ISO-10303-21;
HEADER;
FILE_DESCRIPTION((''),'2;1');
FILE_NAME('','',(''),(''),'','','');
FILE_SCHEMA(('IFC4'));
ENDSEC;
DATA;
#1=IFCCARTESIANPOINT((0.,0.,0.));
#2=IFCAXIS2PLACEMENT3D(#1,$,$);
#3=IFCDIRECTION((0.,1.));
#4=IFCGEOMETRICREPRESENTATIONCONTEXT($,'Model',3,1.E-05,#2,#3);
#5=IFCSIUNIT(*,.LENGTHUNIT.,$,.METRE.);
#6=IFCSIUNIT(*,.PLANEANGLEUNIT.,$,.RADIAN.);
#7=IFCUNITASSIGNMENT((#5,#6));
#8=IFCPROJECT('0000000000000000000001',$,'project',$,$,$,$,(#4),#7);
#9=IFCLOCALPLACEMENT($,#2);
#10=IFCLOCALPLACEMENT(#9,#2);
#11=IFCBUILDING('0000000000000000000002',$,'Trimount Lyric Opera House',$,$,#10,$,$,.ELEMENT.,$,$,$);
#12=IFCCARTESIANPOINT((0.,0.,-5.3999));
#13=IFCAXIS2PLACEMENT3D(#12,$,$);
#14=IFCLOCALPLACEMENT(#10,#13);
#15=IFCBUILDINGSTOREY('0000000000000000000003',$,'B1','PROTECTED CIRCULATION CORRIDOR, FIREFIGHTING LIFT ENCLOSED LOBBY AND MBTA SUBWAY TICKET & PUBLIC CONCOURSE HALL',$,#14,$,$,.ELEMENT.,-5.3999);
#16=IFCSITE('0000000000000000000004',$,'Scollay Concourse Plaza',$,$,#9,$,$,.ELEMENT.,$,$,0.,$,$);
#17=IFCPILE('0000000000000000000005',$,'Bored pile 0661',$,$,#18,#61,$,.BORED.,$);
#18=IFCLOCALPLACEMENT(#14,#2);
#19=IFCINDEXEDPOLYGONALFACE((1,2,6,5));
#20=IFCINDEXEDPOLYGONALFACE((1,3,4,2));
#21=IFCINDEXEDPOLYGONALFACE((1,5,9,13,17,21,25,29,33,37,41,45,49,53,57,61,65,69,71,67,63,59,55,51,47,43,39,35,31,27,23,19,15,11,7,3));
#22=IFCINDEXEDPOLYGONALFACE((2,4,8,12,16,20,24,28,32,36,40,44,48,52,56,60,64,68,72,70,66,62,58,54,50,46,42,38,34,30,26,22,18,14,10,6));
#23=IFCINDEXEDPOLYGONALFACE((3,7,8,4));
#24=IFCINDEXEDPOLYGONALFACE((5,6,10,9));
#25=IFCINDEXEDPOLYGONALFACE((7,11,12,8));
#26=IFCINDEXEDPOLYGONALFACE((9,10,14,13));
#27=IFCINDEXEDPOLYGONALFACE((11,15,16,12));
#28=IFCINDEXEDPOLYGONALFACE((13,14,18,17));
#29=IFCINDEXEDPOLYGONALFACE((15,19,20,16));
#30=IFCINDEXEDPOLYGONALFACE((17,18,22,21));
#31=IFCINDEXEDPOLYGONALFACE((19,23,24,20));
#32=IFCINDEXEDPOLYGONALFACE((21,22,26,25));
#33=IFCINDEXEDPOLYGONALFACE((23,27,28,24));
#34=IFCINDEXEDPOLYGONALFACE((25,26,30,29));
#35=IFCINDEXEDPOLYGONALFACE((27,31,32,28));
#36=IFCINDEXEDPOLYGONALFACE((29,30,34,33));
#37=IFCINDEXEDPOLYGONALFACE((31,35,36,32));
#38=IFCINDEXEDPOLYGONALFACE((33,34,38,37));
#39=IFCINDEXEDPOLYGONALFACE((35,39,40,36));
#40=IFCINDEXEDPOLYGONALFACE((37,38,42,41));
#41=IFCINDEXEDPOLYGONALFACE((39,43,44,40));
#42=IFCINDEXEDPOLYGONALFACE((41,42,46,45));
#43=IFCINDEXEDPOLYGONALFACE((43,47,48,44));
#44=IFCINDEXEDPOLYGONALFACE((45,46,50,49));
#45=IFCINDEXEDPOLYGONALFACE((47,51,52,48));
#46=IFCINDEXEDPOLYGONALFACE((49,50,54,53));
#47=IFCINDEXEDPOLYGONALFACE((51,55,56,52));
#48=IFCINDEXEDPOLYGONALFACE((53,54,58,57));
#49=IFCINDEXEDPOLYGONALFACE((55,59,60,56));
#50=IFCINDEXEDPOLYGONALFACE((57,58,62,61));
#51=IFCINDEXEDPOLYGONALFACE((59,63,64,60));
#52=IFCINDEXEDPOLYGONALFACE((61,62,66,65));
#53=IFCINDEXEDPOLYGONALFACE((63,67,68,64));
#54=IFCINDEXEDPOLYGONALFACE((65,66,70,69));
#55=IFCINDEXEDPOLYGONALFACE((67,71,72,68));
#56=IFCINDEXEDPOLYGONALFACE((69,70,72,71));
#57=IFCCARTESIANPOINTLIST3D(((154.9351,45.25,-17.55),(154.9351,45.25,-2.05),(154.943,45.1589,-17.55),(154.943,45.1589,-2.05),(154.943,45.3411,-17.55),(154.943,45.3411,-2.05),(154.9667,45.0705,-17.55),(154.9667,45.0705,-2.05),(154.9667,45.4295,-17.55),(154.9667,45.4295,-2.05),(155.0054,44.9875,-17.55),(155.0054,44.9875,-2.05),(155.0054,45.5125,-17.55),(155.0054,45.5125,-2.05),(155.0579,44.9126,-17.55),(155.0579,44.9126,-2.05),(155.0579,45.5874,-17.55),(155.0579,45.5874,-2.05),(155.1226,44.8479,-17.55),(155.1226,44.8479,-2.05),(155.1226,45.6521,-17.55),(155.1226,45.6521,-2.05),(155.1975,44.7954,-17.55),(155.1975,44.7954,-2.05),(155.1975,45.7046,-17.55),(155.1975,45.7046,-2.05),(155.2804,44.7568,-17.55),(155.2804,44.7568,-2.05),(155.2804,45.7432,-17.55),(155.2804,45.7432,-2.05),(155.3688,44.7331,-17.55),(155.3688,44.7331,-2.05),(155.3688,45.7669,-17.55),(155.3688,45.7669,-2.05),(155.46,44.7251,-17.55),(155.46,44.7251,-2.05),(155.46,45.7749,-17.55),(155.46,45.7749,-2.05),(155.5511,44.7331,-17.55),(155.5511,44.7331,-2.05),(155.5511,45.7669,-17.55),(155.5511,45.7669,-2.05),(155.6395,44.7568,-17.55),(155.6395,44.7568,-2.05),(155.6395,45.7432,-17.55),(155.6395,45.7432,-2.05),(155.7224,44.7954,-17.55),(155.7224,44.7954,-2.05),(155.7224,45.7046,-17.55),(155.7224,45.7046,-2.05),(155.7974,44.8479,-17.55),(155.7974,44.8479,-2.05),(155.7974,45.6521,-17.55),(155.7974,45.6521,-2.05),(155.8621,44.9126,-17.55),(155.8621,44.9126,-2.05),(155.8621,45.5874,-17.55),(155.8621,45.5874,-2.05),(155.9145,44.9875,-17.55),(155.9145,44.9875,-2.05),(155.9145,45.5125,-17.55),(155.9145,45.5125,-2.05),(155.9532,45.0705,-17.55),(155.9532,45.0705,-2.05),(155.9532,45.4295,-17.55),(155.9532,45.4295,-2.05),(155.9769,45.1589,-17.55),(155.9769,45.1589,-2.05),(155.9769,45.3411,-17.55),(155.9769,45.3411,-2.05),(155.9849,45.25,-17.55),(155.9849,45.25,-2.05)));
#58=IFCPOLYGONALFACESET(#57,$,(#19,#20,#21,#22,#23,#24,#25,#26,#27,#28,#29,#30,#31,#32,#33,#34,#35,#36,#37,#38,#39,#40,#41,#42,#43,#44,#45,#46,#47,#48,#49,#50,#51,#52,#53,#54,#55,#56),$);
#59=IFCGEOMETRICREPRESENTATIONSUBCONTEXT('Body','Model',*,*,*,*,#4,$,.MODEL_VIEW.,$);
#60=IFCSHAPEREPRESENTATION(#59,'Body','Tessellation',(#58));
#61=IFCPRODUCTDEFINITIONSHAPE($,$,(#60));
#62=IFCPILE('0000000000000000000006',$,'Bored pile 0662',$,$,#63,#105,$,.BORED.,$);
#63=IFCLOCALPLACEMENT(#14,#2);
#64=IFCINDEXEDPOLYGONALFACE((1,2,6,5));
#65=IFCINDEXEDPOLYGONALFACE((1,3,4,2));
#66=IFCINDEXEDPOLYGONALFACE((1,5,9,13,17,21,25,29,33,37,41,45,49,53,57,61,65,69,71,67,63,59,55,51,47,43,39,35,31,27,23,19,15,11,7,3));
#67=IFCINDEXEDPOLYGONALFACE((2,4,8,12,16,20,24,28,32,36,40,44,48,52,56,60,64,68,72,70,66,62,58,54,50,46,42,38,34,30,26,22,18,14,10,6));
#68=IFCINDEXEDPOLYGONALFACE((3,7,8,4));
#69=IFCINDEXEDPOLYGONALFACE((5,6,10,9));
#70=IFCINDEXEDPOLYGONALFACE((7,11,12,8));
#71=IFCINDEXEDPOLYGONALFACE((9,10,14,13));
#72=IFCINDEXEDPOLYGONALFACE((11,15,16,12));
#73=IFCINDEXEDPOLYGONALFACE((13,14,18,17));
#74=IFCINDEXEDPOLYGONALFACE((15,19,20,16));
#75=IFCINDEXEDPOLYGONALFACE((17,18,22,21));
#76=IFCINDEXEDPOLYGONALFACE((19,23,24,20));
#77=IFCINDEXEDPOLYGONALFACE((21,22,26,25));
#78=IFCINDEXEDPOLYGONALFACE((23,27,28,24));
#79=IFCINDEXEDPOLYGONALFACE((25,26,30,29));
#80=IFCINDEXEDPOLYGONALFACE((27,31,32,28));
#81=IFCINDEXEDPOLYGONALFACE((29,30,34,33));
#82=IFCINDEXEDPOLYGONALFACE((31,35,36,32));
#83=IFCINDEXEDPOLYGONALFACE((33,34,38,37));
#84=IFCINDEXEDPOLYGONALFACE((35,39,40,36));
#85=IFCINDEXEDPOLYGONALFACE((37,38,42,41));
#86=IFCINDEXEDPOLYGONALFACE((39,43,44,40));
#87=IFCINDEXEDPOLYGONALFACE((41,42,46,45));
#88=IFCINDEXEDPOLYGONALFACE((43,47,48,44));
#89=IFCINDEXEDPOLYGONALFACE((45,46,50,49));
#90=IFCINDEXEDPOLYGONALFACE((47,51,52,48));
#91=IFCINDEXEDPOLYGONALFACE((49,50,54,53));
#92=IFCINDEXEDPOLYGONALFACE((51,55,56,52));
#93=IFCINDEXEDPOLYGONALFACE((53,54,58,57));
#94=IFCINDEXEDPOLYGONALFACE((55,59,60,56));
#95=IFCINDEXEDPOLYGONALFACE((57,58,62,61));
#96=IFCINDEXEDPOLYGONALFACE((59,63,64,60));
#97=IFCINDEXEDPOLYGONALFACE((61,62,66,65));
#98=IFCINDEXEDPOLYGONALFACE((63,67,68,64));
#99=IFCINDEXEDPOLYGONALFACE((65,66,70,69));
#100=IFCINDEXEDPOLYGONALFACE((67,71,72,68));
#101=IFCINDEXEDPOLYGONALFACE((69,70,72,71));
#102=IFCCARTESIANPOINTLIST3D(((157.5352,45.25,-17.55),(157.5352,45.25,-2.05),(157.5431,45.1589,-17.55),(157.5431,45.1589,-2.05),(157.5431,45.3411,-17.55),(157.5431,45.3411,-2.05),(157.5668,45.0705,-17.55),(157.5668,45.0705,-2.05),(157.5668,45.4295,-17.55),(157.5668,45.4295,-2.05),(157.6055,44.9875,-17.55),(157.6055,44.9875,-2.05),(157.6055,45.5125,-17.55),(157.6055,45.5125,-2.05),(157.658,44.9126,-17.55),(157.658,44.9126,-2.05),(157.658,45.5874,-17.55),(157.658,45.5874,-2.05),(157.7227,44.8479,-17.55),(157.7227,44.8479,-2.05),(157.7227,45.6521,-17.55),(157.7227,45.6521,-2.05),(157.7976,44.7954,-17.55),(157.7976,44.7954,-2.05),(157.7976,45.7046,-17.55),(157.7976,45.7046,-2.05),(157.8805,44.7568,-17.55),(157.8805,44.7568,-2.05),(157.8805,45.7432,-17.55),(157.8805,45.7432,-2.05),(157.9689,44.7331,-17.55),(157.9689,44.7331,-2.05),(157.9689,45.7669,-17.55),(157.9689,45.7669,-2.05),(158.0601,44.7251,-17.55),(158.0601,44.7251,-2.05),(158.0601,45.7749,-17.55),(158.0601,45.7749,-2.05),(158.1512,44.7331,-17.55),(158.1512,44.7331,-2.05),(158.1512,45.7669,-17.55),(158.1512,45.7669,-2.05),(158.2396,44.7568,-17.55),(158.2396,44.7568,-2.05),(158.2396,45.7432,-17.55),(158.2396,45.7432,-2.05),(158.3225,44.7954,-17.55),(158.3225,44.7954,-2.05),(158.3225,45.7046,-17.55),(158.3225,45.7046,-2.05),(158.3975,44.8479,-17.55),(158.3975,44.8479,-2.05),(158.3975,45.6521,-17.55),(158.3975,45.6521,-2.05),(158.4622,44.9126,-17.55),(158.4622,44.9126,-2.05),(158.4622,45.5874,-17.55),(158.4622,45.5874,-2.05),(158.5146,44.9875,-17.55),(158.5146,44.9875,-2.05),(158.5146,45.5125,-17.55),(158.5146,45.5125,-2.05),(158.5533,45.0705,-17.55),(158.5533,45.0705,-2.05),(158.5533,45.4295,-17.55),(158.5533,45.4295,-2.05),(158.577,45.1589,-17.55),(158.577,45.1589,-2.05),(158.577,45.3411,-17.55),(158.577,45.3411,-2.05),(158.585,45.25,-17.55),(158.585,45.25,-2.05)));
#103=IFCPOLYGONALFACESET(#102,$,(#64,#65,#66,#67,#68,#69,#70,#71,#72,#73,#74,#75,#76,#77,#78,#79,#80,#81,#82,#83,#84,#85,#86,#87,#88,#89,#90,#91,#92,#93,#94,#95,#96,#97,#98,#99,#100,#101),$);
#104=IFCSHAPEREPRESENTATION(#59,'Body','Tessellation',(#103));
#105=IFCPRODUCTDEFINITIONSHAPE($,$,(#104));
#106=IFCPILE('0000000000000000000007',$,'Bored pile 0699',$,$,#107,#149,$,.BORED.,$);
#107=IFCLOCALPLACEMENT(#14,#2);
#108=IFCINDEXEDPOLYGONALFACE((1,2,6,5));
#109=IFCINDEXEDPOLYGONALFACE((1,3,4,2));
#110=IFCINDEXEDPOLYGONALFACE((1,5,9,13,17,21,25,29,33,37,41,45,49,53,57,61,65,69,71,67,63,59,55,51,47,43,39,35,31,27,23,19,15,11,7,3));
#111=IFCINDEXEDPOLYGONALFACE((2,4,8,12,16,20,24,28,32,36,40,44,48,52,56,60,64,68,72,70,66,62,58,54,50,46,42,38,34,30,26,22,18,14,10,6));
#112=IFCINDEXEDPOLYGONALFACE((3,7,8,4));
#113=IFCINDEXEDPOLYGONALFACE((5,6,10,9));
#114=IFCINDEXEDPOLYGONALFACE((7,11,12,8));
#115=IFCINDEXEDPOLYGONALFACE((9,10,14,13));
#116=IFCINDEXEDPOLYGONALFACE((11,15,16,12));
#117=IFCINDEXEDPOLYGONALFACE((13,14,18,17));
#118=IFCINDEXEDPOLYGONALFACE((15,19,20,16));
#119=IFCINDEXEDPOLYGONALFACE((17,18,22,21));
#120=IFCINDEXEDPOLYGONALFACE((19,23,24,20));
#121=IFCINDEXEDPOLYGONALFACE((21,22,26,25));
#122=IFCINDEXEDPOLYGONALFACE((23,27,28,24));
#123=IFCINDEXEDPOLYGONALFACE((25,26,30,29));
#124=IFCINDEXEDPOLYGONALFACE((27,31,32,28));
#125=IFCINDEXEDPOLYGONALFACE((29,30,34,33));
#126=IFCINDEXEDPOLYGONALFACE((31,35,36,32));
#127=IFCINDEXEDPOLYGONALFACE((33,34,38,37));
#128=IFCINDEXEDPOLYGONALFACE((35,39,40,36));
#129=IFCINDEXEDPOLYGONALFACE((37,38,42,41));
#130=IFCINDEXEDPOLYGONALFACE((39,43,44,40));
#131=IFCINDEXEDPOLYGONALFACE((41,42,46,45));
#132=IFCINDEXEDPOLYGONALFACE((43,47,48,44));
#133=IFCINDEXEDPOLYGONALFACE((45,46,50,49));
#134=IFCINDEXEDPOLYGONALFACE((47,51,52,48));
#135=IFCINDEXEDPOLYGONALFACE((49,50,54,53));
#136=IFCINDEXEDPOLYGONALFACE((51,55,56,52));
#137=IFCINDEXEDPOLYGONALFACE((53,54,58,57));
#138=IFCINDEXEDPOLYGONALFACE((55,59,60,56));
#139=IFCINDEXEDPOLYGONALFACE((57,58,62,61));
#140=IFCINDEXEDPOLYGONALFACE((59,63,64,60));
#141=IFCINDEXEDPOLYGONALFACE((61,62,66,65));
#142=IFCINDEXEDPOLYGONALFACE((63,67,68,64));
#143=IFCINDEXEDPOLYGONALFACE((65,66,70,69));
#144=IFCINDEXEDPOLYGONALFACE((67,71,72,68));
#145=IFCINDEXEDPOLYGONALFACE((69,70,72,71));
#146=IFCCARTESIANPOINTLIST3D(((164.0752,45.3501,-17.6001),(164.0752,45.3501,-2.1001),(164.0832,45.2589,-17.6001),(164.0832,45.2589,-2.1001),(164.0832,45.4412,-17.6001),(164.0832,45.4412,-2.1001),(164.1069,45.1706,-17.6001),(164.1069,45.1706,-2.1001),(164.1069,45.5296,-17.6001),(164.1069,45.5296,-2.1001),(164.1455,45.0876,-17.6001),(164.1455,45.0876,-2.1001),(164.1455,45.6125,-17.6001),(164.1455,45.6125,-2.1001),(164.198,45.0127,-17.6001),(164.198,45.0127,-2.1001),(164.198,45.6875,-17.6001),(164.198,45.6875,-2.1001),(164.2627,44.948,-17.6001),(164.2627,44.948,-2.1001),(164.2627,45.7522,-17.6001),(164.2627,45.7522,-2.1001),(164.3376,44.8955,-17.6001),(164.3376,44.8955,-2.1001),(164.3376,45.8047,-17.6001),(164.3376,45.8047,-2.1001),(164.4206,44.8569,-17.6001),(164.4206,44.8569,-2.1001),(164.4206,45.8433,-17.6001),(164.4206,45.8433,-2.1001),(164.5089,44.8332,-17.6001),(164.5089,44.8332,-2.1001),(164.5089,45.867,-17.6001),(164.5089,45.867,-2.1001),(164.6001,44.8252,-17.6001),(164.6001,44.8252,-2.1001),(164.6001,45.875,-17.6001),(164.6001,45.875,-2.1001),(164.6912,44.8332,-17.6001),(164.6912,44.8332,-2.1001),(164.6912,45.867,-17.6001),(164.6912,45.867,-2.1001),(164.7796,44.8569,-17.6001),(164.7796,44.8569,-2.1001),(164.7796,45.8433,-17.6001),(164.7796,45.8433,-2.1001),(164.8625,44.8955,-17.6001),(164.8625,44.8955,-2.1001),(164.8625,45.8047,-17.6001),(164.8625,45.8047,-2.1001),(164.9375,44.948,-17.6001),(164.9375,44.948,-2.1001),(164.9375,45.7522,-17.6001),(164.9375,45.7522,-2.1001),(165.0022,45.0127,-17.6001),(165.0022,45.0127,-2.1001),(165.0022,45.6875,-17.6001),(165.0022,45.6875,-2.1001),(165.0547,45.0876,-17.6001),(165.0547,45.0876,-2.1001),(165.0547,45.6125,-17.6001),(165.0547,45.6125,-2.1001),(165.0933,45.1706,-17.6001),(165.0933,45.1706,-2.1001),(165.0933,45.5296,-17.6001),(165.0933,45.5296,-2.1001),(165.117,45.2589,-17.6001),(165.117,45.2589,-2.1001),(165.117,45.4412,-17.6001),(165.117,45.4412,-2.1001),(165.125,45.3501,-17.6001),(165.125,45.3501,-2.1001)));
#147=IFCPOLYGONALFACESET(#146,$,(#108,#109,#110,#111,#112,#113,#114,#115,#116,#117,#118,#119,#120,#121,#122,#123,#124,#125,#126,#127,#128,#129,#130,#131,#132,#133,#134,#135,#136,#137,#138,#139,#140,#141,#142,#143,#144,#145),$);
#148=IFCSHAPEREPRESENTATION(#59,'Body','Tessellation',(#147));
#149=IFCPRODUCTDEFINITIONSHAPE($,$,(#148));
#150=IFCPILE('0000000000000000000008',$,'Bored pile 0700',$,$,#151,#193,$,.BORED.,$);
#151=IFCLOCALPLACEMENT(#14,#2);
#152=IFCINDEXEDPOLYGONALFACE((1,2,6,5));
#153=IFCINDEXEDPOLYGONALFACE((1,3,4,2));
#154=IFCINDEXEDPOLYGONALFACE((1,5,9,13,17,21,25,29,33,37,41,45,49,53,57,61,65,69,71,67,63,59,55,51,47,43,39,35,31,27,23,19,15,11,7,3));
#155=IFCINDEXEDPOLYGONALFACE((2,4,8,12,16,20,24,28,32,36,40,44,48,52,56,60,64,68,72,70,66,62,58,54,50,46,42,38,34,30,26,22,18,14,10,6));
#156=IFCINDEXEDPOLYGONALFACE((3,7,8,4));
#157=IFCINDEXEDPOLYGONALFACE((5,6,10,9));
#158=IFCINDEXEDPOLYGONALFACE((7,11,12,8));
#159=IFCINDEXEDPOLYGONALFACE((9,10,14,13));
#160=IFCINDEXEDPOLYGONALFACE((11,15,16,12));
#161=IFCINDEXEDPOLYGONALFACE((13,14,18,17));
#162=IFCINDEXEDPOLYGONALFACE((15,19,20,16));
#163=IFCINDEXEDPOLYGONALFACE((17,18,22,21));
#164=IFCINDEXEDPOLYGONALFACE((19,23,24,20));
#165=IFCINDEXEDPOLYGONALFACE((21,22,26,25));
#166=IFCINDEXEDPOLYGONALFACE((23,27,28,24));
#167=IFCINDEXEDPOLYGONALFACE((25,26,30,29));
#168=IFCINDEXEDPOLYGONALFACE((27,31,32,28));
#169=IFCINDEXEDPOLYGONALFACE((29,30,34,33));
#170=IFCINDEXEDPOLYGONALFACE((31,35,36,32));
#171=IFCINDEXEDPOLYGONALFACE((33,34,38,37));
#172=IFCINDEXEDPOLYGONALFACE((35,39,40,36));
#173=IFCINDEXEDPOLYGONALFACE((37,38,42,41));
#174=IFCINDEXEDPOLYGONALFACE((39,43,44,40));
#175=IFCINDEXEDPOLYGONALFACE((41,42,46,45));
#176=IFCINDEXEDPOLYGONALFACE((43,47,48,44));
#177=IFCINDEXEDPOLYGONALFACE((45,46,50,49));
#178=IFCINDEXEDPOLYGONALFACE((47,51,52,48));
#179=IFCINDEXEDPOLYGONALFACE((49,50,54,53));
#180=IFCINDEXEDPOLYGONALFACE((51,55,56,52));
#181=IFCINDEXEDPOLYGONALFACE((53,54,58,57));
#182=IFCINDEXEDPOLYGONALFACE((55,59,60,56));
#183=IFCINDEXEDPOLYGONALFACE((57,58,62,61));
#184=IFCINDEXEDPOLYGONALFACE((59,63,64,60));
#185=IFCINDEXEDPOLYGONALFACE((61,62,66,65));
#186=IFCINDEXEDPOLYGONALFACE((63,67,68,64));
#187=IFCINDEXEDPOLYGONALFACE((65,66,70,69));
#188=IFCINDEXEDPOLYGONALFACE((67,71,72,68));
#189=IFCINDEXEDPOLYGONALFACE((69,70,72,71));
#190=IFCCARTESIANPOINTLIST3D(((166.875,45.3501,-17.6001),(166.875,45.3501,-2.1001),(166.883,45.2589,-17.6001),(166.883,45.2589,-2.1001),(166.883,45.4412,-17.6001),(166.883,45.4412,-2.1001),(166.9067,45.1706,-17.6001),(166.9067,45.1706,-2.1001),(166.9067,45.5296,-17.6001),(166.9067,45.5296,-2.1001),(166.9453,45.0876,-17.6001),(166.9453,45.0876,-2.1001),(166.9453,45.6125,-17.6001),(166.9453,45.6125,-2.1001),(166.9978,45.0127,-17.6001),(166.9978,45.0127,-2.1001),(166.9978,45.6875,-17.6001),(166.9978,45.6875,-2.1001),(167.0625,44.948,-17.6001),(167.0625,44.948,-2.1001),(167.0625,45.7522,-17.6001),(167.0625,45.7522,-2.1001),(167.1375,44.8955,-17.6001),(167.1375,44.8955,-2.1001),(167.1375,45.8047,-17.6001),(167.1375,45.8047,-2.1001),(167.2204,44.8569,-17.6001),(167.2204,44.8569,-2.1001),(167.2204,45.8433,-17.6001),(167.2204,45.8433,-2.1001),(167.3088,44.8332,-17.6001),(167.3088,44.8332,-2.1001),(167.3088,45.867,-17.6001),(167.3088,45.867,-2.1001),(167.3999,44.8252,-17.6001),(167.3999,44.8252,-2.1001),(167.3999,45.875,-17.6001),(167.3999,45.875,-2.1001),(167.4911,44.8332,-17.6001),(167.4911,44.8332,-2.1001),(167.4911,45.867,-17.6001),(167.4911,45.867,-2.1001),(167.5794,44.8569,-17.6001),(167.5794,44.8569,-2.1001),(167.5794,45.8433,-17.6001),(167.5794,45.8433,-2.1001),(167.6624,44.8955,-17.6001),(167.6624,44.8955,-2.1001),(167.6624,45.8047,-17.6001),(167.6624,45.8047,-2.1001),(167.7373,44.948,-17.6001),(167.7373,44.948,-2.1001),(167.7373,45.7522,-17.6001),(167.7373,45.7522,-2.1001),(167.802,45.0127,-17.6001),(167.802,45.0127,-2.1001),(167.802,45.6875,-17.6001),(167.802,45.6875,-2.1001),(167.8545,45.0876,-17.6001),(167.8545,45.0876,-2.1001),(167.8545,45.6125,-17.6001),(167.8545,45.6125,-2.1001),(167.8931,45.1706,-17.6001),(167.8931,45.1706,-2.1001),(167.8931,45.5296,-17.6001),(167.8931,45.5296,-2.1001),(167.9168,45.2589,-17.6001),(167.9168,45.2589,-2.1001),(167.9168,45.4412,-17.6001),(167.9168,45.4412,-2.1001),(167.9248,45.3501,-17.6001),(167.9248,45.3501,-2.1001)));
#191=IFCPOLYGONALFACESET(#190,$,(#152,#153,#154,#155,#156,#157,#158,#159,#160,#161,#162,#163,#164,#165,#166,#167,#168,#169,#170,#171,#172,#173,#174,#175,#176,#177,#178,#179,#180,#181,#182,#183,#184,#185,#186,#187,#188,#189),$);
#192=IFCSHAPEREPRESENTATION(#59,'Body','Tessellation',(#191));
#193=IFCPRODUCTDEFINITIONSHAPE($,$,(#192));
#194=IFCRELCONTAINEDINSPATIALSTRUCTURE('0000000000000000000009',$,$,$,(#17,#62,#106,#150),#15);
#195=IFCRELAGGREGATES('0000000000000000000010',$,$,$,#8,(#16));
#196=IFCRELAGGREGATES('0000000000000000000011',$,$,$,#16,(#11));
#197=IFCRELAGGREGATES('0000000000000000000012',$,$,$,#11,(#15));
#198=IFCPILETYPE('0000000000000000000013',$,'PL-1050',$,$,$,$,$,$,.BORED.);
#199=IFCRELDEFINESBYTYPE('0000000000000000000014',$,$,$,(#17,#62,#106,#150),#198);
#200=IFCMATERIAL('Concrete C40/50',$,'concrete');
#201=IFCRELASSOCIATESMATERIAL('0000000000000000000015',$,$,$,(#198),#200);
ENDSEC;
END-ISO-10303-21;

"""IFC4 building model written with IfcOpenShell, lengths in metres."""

from ifc_helpers import new_model, si_unit, direction, frame, origin, origin_2d, place, context, subcontext, project, spatial, circle, extrude, material, material_profile, profile_set, type_object, element, save


model = new_model("IFC4")

# Units and contexts
model_context = context("Model", 3, precision=1e-05, world=origin(), true_north=direction((0.0, 1.0)))
body_context = subcontext(model_context, "Body", "Model", "MODEL_VIEW")
ifc_project = project(units=[si_unit("LENGTHUNIT", "METRE"), si_unit("PLANEANGLEUNIT", "RADIAN")], contexts=[model_context])

# Site, building, storey
site_placement = place(None, origin())
site = spatial("IfcSite", under=ifc_project, at=site_placement, Name="Scollay Concourse Plaza", CompositionType="ELEMENT", RefElevation=0.0)
building_placement = place(site_placement, origin())
building = spatial("IfcBuilding", under=site, at=building_placement, Name="Trimount Lyric Opera House", CompositionType="ELEMENT")
storey_placement = place(building_placement, frame((0.0, 0.0, -5.3999)))
storey = spatial("IfcBuildingStorey", under=building, at=storey_placement, Name="B1", Description="PROTECTED CIRCULATION CORRIDOR, FIREFIGHTING LIFT ENCLOSED LOBBY AND MBTA SUBWAY TICKET & PUBLIC CONCOURSE HALL", CompositionType="ELEMENT", Elevation=-5.3999)

# Piles
ifc_material_1 = material(Name="Concrete C40/50", Category="concrete")
ifc_material_profile_1 = material_profile(ifc_material_1, circle(Radius=0.5249, at=origin_2d()), Name="PILE-D1050")
ifc_profile_set_1 = profile_set([ifc_material_profile_1], Name="Concrete C40/50")
pile_type_1 = type_object("IfcPileType", Name="PL-1050", PredefinedType="BORED", material=ifc_profile_set_1)
for number, where, z_axis, x_axis, name in (
    (1, (155.46, 45.25, -2.05), (0.0, 0.0, -1.0), (1.0, 0.0, 0.0), "Bored pile 0661"),
    (2, (158.0601, 45.25, -2.05), (0.0, 0.0, -1.0), (1.0, 0.0, 0.0), "Bored pile 0662"),
    (3, (164.6001, 45.3501, -2.1001), (0.0, 0.0, -1.0), (1.0, 0.0, 0.0), "Bored pile 0699"),
    (4, (167.3999, 45.3501, -2.1001), (0.0, 0.0, -1.0), (1.0, 0.0, 0.0), "Bored pile 0700"),
):
    element("IfcPile", number, at=place(storey_placement, frame(where, z_axis=z_axis, x_axis=x_axis)), inside=storey, type_object=pile_type_1, Name=name, PredefinedType="BORED", context=body_context, shape_type="SweptSolid", body=[
        extrude(circle(Radius=0.5249, at=origin_2d()), origin(), (0.0, 0.0, 1.0), 15.5),
    ])

save(model, "model.ifc")
